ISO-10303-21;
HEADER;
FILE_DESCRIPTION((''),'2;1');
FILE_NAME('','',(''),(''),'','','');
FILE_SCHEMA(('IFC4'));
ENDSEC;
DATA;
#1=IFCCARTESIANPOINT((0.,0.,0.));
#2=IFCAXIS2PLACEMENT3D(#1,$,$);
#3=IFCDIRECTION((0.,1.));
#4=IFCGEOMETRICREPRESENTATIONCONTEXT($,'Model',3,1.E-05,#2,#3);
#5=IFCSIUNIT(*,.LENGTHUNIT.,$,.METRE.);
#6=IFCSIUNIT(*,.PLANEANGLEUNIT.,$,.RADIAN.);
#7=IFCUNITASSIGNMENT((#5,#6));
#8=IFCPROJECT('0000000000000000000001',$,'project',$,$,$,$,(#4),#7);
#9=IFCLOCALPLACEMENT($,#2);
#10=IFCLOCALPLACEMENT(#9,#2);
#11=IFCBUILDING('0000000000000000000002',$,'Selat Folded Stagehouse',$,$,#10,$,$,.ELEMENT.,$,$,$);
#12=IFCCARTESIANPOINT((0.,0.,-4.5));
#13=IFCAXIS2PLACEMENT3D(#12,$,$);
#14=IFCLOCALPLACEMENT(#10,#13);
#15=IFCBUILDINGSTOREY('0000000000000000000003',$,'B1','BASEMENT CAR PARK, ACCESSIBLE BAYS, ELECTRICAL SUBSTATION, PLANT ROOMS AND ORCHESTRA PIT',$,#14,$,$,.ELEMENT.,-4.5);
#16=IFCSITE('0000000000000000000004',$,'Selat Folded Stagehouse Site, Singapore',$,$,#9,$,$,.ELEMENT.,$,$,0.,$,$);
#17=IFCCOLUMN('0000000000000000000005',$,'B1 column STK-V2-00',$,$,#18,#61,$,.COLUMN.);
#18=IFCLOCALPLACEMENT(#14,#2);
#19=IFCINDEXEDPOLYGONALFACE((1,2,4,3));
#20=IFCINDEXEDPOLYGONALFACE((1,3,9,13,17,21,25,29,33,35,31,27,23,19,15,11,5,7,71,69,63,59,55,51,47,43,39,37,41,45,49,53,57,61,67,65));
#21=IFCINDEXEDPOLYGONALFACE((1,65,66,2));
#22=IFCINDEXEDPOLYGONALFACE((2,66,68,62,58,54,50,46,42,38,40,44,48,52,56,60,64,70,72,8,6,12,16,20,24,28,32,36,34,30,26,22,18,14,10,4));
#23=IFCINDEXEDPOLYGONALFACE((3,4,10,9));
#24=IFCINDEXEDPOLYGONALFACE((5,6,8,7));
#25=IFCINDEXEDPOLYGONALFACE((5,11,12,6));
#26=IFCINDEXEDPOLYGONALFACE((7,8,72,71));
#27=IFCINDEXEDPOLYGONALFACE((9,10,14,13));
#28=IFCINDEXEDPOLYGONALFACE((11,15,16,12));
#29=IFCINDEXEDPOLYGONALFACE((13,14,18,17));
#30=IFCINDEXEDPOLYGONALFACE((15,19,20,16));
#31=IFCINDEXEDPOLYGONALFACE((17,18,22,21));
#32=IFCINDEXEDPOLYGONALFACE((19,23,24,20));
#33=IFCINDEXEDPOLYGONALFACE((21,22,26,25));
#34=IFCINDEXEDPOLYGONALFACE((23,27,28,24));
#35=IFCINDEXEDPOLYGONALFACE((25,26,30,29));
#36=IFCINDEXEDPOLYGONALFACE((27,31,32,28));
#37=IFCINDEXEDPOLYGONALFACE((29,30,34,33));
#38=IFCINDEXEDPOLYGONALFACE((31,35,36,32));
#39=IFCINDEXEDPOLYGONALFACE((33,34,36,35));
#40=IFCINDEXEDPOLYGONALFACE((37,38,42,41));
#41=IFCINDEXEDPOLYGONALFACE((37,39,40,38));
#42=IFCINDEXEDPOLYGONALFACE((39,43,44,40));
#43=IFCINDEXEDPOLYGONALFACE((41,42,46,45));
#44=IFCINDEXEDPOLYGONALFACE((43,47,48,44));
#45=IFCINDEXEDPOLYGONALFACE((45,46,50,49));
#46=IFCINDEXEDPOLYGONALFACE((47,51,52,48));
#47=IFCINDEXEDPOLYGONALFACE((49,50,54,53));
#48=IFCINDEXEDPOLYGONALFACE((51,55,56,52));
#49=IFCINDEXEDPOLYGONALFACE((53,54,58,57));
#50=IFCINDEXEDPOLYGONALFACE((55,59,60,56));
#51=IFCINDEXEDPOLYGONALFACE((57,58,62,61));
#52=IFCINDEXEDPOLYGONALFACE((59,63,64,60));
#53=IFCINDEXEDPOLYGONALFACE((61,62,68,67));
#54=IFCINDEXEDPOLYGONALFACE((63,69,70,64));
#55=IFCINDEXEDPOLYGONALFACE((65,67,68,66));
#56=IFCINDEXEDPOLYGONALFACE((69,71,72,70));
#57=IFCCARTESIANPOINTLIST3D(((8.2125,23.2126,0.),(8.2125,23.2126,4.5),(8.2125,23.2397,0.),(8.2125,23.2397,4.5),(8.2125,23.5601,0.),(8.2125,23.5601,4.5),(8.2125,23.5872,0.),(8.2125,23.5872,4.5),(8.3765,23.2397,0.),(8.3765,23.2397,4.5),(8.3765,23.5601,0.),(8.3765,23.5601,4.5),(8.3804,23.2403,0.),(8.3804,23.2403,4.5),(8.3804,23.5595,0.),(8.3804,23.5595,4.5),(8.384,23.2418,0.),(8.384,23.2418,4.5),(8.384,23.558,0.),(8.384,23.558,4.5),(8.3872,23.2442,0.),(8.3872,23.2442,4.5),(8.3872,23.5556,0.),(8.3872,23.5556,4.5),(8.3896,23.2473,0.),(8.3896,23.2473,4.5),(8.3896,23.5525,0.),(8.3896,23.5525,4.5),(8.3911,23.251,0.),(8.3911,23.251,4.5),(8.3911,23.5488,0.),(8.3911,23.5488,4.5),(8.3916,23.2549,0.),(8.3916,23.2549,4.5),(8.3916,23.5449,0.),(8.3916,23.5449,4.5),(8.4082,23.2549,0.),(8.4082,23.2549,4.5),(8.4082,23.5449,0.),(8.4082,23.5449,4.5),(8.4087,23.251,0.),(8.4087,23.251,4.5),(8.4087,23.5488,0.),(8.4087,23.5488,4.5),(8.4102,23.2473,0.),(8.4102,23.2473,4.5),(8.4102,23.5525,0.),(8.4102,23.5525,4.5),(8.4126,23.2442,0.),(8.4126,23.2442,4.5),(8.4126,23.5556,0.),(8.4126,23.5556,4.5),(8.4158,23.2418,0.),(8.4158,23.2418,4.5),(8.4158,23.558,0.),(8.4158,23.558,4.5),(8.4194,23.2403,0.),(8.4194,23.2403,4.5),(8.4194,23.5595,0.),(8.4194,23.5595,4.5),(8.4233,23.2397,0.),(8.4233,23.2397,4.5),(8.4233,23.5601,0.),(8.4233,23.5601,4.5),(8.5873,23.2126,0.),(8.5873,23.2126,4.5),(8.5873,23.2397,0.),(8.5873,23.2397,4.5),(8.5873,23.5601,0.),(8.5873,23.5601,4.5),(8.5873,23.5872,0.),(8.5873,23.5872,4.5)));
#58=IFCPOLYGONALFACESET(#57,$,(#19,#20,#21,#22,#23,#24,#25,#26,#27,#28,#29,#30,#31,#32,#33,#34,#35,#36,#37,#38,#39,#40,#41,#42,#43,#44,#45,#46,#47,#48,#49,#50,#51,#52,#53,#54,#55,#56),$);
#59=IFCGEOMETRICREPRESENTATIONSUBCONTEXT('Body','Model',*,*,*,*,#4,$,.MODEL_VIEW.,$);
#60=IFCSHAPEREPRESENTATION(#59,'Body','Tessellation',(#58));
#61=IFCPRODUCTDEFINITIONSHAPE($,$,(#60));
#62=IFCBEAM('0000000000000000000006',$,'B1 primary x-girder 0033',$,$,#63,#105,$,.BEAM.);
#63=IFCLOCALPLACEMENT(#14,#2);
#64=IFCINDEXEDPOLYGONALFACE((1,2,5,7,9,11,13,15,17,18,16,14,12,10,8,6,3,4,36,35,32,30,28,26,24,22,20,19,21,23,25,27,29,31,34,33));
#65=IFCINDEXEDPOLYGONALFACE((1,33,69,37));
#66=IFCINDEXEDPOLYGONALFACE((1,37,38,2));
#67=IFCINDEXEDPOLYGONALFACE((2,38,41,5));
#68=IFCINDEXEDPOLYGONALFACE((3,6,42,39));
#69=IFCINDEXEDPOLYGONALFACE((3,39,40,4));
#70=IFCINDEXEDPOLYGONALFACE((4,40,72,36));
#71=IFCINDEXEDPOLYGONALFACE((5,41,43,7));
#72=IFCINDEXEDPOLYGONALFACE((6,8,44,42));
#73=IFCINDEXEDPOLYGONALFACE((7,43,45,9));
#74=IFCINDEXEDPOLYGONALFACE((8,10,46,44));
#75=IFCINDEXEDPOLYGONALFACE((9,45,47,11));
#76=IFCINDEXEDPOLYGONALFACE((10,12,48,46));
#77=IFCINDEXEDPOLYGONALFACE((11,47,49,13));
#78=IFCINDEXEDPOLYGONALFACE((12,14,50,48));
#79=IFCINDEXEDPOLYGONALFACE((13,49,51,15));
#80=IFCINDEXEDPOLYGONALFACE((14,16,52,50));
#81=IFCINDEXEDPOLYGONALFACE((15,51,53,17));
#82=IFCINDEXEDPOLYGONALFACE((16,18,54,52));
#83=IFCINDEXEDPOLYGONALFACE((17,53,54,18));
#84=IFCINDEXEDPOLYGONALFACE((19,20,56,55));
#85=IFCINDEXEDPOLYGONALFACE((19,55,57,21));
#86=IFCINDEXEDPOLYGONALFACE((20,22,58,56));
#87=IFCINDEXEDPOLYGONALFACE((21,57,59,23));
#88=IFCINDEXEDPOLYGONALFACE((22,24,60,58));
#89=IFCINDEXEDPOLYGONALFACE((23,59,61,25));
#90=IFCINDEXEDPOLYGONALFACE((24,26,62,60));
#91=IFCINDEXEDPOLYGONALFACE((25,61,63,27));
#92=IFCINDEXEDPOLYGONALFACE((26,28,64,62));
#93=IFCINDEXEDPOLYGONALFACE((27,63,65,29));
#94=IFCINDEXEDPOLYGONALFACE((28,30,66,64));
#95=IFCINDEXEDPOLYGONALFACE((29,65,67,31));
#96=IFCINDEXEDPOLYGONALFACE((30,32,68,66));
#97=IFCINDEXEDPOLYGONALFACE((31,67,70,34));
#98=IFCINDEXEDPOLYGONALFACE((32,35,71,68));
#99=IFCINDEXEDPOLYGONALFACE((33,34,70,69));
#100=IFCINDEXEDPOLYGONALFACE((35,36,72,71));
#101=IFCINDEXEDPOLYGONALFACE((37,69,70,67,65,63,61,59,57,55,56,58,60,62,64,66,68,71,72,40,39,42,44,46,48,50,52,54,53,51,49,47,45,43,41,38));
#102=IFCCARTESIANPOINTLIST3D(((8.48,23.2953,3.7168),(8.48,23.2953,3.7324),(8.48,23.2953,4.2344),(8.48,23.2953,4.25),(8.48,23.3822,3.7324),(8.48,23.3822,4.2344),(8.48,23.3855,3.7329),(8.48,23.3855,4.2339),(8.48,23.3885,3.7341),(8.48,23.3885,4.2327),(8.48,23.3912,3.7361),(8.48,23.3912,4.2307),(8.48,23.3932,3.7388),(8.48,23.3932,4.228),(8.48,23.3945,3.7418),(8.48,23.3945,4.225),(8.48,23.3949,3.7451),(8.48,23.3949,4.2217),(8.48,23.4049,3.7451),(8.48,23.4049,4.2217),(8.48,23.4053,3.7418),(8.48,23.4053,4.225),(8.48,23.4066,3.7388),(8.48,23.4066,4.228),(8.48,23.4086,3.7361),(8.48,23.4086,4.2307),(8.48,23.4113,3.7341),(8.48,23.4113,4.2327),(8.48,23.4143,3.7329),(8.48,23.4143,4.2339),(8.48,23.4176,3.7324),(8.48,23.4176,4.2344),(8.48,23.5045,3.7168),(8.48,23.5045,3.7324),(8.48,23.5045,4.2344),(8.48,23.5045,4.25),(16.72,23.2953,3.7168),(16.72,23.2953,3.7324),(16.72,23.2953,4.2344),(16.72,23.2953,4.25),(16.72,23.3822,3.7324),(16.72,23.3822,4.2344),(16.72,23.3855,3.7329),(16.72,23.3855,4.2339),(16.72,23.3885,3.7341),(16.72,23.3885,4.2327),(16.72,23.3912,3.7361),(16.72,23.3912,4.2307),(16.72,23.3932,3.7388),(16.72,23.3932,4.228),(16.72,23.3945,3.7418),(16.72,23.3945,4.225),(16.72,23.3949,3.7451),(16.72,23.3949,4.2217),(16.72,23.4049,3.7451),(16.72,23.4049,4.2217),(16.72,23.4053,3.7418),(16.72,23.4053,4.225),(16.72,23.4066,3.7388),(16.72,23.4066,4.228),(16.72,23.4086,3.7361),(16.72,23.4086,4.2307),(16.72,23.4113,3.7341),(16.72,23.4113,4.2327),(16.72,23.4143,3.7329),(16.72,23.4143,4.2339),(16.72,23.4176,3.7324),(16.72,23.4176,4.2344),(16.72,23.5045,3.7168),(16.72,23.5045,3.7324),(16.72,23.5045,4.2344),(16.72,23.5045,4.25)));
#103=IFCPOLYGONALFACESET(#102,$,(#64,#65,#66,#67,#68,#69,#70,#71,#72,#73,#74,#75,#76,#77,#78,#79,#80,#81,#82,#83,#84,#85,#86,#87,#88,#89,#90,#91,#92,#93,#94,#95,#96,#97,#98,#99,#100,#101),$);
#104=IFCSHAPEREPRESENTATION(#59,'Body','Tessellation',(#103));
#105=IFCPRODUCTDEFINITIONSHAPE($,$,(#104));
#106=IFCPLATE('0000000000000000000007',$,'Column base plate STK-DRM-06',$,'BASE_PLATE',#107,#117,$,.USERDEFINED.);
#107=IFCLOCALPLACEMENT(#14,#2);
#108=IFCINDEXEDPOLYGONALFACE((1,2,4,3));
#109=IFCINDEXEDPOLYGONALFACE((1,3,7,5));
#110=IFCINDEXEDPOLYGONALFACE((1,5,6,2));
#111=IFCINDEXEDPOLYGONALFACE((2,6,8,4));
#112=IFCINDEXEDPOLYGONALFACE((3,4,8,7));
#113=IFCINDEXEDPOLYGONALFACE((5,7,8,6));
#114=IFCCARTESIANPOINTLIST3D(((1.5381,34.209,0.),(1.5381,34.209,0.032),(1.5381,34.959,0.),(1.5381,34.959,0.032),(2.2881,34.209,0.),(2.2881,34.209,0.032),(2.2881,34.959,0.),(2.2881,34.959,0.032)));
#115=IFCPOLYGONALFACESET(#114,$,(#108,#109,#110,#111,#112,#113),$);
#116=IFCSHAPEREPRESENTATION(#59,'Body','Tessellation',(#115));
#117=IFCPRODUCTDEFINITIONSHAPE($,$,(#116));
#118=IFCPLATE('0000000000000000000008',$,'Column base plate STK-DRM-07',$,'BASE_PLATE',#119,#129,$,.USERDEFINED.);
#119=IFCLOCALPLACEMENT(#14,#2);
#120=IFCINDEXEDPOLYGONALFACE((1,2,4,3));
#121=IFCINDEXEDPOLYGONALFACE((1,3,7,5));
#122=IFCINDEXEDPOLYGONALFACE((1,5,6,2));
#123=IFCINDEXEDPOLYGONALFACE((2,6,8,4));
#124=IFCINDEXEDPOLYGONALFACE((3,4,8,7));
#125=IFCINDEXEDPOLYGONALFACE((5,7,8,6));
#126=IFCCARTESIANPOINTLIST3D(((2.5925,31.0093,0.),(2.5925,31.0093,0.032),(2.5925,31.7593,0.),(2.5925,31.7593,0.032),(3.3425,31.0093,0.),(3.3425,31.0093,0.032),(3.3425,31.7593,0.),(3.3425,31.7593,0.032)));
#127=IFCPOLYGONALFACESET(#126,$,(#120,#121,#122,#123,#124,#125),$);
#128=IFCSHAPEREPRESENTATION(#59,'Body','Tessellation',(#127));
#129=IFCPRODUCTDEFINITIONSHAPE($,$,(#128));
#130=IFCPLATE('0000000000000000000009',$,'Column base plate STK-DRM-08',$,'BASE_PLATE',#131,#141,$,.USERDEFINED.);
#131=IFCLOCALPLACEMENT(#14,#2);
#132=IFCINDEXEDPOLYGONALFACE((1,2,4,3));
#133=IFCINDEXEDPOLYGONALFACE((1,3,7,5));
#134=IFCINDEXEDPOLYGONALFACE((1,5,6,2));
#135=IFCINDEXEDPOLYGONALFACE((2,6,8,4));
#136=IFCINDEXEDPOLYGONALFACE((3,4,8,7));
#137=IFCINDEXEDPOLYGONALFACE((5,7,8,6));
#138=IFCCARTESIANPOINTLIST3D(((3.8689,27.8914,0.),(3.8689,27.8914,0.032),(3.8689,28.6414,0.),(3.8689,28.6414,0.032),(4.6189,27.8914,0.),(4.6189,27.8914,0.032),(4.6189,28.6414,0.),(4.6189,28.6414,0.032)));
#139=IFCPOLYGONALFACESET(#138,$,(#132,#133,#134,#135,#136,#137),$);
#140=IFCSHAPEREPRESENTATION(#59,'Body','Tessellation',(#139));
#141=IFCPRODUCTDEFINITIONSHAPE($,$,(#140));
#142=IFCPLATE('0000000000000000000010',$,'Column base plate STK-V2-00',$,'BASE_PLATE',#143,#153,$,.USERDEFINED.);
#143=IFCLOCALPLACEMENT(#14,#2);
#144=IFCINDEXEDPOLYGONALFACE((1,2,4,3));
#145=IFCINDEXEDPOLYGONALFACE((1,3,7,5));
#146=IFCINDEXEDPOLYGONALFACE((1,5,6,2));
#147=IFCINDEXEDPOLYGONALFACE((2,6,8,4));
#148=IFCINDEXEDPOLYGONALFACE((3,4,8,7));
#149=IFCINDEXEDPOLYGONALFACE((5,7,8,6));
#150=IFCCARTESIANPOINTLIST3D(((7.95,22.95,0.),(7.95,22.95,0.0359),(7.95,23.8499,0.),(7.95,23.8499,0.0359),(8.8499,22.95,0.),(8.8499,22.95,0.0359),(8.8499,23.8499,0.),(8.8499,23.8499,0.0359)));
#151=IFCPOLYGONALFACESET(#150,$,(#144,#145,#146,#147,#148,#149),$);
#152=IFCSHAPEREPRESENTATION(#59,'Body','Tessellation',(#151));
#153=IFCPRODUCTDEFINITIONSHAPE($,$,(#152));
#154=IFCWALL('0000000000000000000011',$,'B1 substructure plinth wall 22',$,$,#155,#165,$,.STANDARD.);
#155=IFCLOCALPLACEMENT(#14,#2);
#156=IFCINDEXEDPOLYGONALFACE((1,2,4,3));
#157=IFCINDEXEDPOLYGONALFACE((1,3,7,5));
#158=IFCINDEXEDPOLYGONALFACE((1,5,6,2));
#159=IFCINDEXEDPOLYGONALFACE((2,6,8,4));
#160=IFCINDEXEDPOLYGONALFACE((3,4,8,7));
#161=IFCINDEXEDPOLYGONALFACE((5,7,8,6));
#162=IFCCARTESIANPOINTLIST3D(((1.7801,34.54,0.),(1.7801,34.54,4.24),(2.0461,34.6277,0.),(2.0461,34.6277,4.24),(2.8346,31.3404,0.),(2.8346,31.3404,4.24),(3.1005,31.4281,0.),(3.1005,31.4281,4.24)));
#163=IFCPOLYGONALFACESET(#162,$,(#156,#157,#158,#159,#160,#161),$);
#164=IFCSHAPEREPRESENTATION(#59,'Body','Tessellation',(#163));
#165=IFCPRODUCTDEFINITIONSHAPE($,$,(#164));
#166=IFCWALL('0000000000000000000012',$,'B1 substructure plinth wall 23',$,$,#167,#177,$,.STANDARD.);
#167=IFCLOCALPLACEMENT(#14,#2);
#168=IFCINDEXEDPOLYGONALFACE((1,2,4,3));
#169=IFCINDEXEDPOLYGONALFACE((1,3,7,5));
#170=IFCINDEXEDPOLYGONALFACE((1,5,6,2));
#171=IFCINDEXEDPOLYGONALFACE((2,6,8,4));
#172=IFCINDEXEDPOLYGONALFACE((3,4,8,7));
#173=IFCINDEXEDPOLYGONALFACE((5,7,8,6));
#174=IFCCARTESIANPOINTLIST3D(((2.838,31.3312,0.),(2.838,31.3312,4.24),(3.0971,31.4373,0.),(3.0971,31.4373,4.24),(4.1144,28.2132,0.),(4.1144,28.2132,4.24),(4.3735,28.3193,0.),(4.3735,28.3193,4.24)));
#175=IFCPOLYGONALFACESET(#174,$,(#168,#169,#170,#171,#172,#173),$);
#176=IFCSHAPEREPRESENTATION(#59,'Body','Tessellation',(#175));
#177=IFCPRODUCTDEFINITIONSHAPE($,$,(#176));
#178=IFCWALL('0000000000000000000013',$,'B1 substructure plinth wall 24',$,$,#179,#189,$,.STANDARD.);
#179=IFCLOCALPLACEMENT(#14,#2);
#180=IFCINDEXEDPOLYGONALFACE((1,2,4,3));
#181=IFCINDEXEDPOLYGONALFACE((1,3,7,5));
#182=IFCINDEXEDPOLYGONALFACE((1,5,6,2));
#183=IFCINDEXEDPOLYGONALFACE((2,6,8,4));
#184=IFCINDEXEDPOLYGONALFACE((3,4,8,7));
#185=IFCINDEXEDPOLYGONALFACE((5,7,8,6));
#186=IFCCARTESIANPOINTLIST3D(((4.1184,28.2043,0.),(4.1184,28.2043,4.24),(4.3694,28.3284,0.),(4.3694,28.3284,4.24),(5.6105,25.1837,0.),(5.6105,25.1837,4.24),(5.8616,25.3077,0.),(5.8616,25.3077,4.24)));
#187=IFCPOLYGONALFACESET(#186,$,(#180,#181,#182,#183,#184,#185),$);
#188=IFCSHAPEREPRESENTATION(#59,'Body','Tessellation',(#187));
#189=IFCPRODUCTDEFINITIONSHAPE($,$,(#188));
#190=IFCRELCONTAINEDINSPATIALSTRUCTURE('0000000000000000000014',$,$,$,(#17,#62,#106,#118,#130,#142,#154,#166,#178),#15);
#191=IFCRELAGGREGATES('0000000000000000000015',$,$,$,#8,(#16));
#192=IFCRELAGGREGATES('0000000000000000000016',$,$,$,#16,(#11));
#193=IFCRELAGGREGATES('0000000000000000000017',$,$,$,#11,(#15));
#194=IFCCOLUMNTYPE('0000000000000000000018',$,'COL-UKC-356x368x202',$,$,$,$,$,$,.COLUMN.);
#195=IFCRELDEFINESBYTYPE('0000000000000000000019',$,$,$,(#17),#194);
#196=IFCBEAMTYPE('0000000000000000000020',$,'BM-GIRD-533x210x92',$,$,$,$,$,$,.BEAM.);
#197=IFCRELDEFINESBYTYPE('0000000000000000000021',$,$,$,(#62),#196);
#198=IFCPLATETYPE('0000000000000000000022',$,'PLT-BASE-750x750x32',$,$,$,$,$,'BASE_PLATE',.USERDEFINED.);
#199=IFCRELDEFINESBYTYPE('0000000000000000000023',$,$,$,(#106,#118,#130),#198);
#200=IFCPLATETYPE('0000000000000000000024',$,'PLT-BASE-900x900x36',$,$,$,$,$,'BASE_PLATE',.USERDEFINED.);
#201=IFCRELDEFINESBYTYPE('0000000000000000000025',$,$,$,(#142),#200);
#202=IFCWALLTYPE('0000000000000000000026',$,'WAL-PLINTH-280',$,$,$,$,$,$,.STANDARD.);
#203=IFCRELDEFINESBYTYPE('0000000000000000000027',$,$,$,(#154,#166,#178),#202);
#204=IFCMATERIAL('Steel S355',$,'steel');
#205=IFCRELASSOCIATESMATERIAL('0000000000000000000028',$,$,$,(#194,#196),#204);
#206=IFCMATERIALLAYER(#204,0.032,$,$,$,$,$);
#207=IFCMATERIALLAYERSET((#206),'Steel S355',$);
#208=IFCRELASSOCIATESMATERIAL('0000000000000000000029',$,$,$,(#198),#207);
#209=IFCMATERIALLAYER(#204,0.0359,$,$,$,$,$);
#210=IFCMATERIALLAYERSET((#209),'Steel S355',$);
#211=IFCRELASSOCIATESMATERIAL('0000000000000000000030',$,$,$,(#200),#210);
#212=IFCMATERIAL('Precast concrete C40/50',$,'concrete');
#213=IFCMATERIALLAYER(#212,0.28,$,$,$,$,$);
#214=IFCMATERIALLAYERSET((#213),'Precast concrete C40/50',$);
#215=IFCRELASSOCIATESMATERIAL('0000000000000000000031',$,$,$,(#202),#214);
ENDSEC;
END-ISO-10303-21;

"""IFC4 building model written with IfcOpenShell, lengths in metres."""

from ifc_helpers import new_model, si_unit, direction, frame, frame_2d, origin, origin_2d, place, context, subcontext, project, spatial, rectangle, i_section, extrude, material, layer, layer_set, material_profile, profile_set, type_object, element, save


model = new_model("IFC4")

# Units and contexts
model_context = context("Model", 3, precision=1e-05, world=origin(), true_north=direction((0.0, 1.0)))
body_context = subcontext(model_context, "Body", "Model", "MODEL_VIEW")
ifc_project = project(units=[si_unit("LENGTHUNIT", "METRE"), si_unit("PLANEANGLEUNIT", "RADIAN")], contexts=[model_context])

# Site, building, storey
site_placement = place(None, origin())
site = spatial("IfcSite", under=ifc_project, at=site_placement, Name="Selat Folded Stagehouse Site, Singapore", CompositionType="ELEMENT", RefElevation=0.0)
building_placement = place(site_placement, origin())
building = spatial("IfcBuilding", under=site, at=building_placement, Name="Selat Folded Stagehouse", CompositionType="ELEMENT")
storey_placement = place(building_placement, frame((0.0, 0.0, -4.5)))
storey = spatial("IfcBuildingStorey", under=building, at=storey_placement, Name="B1", Description="BASEMENT CAR PARK, ACCESSIBLE BAYS, ELECTRICAL SUBSTATION, PLANT ROOMS AND ORCHESTRA PIT", CompositionType="ELEMENT", Elevation=-4.5)

# Column
ifc_material_1 = material(Name="Steel S355", Category="steel")
ifc_material_profile_1 = material_profile(ifc_material_1, i_section(OverallWidth=0.3748, OverallDepth=0.3745, WebThickness=0.0166, FlangeThickness=0.0271, FilletRadius=0.0151, at=origin_2d()), Name="UKC 356x368x202")
ifc_profile_set_1 = profile_set([ifc_material_profile_1], Name="Steel S355")
column_type_1 = type_object("IfcColumnType", Name="COL-UKC-356x368x202", PredefinedType="COLUMN", material=ifc_profile_set_1)
column_placement = place(storey_placement, frame((8.3999, 23.3999, 0.0), z_axis=(0.0, 0.0, 1.0), x_axis=(1.0, 0.0, 0.0)))
element("IfcColumn", 1, at=column_placement, inside=storey, type_object=column_type_1, Name="B1 column STK-V2-00", PredefinedType="COLUMN", context=body_context, shape_type="SweptSolid", body=[
    extrude(i_section(OverallWidth=0.3748, OverallDepth=0.3745, WebThickness=0.0166, FlangeThickness=0.0271, FilletRadius=0.0151, at=origin_2d()), origin(), (0.0, 0.0, 1.0), 4.5),
])

# Beam
ifc_material_profile_2 = material_profile(ifc_material_1, i_section(OverallWidth=0.2092, OverallDepth=0.5332, WebThickness=0.01, FlangeThickness=0.0156, FilletRadius=0.0127, at=origin_2d()), Name="UKB 533x210x92")
ifc_profile_set_2 = profile_set([ifc_material_profile_2], Name="Steel S355")
beam_type = type_object("IfcBeamType", Name="BM-GIRD-533x210x92", PredefinedType="BEAM", material=ifc_profile_set_2)
beam_placement = place(storey_placement, frame((8.48, 23.3999, 3.9834), z_axis=(1.0, 0.0, 0.0), x_axis=(0.0, 1.0, 0.0)))
element("IfcBeam", 2, at=beam_placement, inside=storey, type_object=beam_type, Name="B1 primary x-girder 0033", PredefinedType="BEAM", context=body_context, shape_type="SweptSolid", body=[
    extrude(i_section(OverallWidth=0.2092, OverallDepth=0.5332, WebThickness=0.01, FlangeThickness=0.0156, FilletRadius=0.0127, at=origin_2d()), origin(), (0.0, 0.0, 1.0), 8.24),
])

# Plates
ifc_layer_1 = layer(ifc_material_1, 0.032)
ifc_layer_set_1 = layer_set([ifc_layer_1], Name="Steel S355")
plate_type_1 = type_object("IfcPlateType", Name="PLT-BASE-750x750x32", ElementType="BASE_PLATE", PredefinedType="USERDEFINED", material=ifc_layer_set_1)
for number, where, z_axis, x_axis, name in (
    (3, (1.9131, 34.584, 0.0), (0.0, 0.0, 1.0), (1.0, 0.0, 0.0), "Column base plate STK-DRM-06"),
    (4, (2.9675, 31.3843, 0.0), (0.0, 0.0, 1.0), (1.0, 0.0, 0.0), "Column base plate STK-DRM-07"),
    (5, (4.2439, 28.2664, 0.0), (0.0, 0.0, 1.0), (1.0, 0.0, 0.0), "Column base plate STK-DRM-08"),
):
    element("IfcPlate", number, at=place(storey_placement, frame(where, z_axis=z_axis, x_axis=x_axis)), inside=storey, type_object=plate_type_1, Name=name, ObjectType="BASE_PLATE", PredefinedType="USERDEFINED", context=body_context, shape_type="SweptSolid", body=[
        extrude(rectangle(XDim=0.75, YDim=0.75, at=origin_2d()), origin(), (0.0, 0.0, 1.0), 0.032),
    ])
ifc_layer_2 = layer(ifc_material_1, 0.0359)
ifc_layer_set_2 = layer_set([ifc_layer_2], Name="Steel S355")
plate_type_2 = type_object("IfcPlateType", Name="PLT-BASE-900x900x36", ElementType="BASE_PLATE", PredefinedType="USERDEFINED", material=ifc_layer_set_2)
plate_placement = place(storey_placement, frame((8.3999, 23.3999, 0.0), z_axis=(0.0, 0.0, 1.0), x_axis=(1.0, 0.0, 0.0)))
element("IfcPlate", 6, at=plate_placement, inside=storey, type_object=plate_type_2, Name="Column base plate STK-V2-00", ObjectType="BASE_PLATE", PredefinedType="USERDEFINED", context=body_context, shape_type="SweptSolid", body=[
    extrude(rectangle(XDim=0.8999, YDim=0.8999, at=origin_2d()), origin(), (0.0, 0.0, 1.0), 0.0359),
])

# Walls
ifc_material_2 = material(Name="Precast concrete C40/50", Category="concrete")
ifc_layer_3 = layer(ifc_material_2, 0.28)
ifc_layer_set_3 = layer_set([ifc_layer_3], Name="Precast concrete C40/50")
wall_type = type_object("IfcWallType", Name="WAL-PLINTH-280", PredefinedType="STANDARD", material=ifc_layer_set_3)
wall_placement = place(storey_placement, frame((1.9131, 34.584, 0.0), z_axis=(0.0, 0.0, 1.0), x_axis=(0.312987, -0.949758, 0.0)))
element("IfcWall", 7, at=wall_placement, inside=storey, type_object=wall_type, Name="B1 substructure plinth wall 22", PredefinedType="STANDARD", context=body_context, shape_type="SweptSolid", body=[
    extrude(rectangle(XDim=3.3689, YDim=0.28, at=frame_2d((1.6846, 0.0))), origin(), (0.0, 0.0, 1.0), 4.24),
])
for number, where, z_axis, x_axis, name in (
    (8, (2.9675, 31.3843, 0.0), (0.0, 0.0, 1.0), (0.37885, -0.925458, 0.0), "B1 substructure plinth wall 23"),
    (9, (4.2439, 28.2664, 0.0), (0.0, 0.0, 1.0), (0.44289, -0.896576, 0.0), "B1 substructure plinth wall 24"),
):
    element("IfcWall", number, at=place(storey_placement, frame(where, z_axis=z_axis, x_axis=x_axis)), inside=storey, type_object=wall_type, Name=name, PredefinedType="STANDARD", context=body_context, shape_type="SweptSolid", body=[
        extrude(rectangle(XDim=3.3691, YDim=0.28, at=frame_2d((1.6846, 0.0))), origin(), (0.0, 0.0, 1.0), 4.24),
    ])

save(model, "model.ifc")
